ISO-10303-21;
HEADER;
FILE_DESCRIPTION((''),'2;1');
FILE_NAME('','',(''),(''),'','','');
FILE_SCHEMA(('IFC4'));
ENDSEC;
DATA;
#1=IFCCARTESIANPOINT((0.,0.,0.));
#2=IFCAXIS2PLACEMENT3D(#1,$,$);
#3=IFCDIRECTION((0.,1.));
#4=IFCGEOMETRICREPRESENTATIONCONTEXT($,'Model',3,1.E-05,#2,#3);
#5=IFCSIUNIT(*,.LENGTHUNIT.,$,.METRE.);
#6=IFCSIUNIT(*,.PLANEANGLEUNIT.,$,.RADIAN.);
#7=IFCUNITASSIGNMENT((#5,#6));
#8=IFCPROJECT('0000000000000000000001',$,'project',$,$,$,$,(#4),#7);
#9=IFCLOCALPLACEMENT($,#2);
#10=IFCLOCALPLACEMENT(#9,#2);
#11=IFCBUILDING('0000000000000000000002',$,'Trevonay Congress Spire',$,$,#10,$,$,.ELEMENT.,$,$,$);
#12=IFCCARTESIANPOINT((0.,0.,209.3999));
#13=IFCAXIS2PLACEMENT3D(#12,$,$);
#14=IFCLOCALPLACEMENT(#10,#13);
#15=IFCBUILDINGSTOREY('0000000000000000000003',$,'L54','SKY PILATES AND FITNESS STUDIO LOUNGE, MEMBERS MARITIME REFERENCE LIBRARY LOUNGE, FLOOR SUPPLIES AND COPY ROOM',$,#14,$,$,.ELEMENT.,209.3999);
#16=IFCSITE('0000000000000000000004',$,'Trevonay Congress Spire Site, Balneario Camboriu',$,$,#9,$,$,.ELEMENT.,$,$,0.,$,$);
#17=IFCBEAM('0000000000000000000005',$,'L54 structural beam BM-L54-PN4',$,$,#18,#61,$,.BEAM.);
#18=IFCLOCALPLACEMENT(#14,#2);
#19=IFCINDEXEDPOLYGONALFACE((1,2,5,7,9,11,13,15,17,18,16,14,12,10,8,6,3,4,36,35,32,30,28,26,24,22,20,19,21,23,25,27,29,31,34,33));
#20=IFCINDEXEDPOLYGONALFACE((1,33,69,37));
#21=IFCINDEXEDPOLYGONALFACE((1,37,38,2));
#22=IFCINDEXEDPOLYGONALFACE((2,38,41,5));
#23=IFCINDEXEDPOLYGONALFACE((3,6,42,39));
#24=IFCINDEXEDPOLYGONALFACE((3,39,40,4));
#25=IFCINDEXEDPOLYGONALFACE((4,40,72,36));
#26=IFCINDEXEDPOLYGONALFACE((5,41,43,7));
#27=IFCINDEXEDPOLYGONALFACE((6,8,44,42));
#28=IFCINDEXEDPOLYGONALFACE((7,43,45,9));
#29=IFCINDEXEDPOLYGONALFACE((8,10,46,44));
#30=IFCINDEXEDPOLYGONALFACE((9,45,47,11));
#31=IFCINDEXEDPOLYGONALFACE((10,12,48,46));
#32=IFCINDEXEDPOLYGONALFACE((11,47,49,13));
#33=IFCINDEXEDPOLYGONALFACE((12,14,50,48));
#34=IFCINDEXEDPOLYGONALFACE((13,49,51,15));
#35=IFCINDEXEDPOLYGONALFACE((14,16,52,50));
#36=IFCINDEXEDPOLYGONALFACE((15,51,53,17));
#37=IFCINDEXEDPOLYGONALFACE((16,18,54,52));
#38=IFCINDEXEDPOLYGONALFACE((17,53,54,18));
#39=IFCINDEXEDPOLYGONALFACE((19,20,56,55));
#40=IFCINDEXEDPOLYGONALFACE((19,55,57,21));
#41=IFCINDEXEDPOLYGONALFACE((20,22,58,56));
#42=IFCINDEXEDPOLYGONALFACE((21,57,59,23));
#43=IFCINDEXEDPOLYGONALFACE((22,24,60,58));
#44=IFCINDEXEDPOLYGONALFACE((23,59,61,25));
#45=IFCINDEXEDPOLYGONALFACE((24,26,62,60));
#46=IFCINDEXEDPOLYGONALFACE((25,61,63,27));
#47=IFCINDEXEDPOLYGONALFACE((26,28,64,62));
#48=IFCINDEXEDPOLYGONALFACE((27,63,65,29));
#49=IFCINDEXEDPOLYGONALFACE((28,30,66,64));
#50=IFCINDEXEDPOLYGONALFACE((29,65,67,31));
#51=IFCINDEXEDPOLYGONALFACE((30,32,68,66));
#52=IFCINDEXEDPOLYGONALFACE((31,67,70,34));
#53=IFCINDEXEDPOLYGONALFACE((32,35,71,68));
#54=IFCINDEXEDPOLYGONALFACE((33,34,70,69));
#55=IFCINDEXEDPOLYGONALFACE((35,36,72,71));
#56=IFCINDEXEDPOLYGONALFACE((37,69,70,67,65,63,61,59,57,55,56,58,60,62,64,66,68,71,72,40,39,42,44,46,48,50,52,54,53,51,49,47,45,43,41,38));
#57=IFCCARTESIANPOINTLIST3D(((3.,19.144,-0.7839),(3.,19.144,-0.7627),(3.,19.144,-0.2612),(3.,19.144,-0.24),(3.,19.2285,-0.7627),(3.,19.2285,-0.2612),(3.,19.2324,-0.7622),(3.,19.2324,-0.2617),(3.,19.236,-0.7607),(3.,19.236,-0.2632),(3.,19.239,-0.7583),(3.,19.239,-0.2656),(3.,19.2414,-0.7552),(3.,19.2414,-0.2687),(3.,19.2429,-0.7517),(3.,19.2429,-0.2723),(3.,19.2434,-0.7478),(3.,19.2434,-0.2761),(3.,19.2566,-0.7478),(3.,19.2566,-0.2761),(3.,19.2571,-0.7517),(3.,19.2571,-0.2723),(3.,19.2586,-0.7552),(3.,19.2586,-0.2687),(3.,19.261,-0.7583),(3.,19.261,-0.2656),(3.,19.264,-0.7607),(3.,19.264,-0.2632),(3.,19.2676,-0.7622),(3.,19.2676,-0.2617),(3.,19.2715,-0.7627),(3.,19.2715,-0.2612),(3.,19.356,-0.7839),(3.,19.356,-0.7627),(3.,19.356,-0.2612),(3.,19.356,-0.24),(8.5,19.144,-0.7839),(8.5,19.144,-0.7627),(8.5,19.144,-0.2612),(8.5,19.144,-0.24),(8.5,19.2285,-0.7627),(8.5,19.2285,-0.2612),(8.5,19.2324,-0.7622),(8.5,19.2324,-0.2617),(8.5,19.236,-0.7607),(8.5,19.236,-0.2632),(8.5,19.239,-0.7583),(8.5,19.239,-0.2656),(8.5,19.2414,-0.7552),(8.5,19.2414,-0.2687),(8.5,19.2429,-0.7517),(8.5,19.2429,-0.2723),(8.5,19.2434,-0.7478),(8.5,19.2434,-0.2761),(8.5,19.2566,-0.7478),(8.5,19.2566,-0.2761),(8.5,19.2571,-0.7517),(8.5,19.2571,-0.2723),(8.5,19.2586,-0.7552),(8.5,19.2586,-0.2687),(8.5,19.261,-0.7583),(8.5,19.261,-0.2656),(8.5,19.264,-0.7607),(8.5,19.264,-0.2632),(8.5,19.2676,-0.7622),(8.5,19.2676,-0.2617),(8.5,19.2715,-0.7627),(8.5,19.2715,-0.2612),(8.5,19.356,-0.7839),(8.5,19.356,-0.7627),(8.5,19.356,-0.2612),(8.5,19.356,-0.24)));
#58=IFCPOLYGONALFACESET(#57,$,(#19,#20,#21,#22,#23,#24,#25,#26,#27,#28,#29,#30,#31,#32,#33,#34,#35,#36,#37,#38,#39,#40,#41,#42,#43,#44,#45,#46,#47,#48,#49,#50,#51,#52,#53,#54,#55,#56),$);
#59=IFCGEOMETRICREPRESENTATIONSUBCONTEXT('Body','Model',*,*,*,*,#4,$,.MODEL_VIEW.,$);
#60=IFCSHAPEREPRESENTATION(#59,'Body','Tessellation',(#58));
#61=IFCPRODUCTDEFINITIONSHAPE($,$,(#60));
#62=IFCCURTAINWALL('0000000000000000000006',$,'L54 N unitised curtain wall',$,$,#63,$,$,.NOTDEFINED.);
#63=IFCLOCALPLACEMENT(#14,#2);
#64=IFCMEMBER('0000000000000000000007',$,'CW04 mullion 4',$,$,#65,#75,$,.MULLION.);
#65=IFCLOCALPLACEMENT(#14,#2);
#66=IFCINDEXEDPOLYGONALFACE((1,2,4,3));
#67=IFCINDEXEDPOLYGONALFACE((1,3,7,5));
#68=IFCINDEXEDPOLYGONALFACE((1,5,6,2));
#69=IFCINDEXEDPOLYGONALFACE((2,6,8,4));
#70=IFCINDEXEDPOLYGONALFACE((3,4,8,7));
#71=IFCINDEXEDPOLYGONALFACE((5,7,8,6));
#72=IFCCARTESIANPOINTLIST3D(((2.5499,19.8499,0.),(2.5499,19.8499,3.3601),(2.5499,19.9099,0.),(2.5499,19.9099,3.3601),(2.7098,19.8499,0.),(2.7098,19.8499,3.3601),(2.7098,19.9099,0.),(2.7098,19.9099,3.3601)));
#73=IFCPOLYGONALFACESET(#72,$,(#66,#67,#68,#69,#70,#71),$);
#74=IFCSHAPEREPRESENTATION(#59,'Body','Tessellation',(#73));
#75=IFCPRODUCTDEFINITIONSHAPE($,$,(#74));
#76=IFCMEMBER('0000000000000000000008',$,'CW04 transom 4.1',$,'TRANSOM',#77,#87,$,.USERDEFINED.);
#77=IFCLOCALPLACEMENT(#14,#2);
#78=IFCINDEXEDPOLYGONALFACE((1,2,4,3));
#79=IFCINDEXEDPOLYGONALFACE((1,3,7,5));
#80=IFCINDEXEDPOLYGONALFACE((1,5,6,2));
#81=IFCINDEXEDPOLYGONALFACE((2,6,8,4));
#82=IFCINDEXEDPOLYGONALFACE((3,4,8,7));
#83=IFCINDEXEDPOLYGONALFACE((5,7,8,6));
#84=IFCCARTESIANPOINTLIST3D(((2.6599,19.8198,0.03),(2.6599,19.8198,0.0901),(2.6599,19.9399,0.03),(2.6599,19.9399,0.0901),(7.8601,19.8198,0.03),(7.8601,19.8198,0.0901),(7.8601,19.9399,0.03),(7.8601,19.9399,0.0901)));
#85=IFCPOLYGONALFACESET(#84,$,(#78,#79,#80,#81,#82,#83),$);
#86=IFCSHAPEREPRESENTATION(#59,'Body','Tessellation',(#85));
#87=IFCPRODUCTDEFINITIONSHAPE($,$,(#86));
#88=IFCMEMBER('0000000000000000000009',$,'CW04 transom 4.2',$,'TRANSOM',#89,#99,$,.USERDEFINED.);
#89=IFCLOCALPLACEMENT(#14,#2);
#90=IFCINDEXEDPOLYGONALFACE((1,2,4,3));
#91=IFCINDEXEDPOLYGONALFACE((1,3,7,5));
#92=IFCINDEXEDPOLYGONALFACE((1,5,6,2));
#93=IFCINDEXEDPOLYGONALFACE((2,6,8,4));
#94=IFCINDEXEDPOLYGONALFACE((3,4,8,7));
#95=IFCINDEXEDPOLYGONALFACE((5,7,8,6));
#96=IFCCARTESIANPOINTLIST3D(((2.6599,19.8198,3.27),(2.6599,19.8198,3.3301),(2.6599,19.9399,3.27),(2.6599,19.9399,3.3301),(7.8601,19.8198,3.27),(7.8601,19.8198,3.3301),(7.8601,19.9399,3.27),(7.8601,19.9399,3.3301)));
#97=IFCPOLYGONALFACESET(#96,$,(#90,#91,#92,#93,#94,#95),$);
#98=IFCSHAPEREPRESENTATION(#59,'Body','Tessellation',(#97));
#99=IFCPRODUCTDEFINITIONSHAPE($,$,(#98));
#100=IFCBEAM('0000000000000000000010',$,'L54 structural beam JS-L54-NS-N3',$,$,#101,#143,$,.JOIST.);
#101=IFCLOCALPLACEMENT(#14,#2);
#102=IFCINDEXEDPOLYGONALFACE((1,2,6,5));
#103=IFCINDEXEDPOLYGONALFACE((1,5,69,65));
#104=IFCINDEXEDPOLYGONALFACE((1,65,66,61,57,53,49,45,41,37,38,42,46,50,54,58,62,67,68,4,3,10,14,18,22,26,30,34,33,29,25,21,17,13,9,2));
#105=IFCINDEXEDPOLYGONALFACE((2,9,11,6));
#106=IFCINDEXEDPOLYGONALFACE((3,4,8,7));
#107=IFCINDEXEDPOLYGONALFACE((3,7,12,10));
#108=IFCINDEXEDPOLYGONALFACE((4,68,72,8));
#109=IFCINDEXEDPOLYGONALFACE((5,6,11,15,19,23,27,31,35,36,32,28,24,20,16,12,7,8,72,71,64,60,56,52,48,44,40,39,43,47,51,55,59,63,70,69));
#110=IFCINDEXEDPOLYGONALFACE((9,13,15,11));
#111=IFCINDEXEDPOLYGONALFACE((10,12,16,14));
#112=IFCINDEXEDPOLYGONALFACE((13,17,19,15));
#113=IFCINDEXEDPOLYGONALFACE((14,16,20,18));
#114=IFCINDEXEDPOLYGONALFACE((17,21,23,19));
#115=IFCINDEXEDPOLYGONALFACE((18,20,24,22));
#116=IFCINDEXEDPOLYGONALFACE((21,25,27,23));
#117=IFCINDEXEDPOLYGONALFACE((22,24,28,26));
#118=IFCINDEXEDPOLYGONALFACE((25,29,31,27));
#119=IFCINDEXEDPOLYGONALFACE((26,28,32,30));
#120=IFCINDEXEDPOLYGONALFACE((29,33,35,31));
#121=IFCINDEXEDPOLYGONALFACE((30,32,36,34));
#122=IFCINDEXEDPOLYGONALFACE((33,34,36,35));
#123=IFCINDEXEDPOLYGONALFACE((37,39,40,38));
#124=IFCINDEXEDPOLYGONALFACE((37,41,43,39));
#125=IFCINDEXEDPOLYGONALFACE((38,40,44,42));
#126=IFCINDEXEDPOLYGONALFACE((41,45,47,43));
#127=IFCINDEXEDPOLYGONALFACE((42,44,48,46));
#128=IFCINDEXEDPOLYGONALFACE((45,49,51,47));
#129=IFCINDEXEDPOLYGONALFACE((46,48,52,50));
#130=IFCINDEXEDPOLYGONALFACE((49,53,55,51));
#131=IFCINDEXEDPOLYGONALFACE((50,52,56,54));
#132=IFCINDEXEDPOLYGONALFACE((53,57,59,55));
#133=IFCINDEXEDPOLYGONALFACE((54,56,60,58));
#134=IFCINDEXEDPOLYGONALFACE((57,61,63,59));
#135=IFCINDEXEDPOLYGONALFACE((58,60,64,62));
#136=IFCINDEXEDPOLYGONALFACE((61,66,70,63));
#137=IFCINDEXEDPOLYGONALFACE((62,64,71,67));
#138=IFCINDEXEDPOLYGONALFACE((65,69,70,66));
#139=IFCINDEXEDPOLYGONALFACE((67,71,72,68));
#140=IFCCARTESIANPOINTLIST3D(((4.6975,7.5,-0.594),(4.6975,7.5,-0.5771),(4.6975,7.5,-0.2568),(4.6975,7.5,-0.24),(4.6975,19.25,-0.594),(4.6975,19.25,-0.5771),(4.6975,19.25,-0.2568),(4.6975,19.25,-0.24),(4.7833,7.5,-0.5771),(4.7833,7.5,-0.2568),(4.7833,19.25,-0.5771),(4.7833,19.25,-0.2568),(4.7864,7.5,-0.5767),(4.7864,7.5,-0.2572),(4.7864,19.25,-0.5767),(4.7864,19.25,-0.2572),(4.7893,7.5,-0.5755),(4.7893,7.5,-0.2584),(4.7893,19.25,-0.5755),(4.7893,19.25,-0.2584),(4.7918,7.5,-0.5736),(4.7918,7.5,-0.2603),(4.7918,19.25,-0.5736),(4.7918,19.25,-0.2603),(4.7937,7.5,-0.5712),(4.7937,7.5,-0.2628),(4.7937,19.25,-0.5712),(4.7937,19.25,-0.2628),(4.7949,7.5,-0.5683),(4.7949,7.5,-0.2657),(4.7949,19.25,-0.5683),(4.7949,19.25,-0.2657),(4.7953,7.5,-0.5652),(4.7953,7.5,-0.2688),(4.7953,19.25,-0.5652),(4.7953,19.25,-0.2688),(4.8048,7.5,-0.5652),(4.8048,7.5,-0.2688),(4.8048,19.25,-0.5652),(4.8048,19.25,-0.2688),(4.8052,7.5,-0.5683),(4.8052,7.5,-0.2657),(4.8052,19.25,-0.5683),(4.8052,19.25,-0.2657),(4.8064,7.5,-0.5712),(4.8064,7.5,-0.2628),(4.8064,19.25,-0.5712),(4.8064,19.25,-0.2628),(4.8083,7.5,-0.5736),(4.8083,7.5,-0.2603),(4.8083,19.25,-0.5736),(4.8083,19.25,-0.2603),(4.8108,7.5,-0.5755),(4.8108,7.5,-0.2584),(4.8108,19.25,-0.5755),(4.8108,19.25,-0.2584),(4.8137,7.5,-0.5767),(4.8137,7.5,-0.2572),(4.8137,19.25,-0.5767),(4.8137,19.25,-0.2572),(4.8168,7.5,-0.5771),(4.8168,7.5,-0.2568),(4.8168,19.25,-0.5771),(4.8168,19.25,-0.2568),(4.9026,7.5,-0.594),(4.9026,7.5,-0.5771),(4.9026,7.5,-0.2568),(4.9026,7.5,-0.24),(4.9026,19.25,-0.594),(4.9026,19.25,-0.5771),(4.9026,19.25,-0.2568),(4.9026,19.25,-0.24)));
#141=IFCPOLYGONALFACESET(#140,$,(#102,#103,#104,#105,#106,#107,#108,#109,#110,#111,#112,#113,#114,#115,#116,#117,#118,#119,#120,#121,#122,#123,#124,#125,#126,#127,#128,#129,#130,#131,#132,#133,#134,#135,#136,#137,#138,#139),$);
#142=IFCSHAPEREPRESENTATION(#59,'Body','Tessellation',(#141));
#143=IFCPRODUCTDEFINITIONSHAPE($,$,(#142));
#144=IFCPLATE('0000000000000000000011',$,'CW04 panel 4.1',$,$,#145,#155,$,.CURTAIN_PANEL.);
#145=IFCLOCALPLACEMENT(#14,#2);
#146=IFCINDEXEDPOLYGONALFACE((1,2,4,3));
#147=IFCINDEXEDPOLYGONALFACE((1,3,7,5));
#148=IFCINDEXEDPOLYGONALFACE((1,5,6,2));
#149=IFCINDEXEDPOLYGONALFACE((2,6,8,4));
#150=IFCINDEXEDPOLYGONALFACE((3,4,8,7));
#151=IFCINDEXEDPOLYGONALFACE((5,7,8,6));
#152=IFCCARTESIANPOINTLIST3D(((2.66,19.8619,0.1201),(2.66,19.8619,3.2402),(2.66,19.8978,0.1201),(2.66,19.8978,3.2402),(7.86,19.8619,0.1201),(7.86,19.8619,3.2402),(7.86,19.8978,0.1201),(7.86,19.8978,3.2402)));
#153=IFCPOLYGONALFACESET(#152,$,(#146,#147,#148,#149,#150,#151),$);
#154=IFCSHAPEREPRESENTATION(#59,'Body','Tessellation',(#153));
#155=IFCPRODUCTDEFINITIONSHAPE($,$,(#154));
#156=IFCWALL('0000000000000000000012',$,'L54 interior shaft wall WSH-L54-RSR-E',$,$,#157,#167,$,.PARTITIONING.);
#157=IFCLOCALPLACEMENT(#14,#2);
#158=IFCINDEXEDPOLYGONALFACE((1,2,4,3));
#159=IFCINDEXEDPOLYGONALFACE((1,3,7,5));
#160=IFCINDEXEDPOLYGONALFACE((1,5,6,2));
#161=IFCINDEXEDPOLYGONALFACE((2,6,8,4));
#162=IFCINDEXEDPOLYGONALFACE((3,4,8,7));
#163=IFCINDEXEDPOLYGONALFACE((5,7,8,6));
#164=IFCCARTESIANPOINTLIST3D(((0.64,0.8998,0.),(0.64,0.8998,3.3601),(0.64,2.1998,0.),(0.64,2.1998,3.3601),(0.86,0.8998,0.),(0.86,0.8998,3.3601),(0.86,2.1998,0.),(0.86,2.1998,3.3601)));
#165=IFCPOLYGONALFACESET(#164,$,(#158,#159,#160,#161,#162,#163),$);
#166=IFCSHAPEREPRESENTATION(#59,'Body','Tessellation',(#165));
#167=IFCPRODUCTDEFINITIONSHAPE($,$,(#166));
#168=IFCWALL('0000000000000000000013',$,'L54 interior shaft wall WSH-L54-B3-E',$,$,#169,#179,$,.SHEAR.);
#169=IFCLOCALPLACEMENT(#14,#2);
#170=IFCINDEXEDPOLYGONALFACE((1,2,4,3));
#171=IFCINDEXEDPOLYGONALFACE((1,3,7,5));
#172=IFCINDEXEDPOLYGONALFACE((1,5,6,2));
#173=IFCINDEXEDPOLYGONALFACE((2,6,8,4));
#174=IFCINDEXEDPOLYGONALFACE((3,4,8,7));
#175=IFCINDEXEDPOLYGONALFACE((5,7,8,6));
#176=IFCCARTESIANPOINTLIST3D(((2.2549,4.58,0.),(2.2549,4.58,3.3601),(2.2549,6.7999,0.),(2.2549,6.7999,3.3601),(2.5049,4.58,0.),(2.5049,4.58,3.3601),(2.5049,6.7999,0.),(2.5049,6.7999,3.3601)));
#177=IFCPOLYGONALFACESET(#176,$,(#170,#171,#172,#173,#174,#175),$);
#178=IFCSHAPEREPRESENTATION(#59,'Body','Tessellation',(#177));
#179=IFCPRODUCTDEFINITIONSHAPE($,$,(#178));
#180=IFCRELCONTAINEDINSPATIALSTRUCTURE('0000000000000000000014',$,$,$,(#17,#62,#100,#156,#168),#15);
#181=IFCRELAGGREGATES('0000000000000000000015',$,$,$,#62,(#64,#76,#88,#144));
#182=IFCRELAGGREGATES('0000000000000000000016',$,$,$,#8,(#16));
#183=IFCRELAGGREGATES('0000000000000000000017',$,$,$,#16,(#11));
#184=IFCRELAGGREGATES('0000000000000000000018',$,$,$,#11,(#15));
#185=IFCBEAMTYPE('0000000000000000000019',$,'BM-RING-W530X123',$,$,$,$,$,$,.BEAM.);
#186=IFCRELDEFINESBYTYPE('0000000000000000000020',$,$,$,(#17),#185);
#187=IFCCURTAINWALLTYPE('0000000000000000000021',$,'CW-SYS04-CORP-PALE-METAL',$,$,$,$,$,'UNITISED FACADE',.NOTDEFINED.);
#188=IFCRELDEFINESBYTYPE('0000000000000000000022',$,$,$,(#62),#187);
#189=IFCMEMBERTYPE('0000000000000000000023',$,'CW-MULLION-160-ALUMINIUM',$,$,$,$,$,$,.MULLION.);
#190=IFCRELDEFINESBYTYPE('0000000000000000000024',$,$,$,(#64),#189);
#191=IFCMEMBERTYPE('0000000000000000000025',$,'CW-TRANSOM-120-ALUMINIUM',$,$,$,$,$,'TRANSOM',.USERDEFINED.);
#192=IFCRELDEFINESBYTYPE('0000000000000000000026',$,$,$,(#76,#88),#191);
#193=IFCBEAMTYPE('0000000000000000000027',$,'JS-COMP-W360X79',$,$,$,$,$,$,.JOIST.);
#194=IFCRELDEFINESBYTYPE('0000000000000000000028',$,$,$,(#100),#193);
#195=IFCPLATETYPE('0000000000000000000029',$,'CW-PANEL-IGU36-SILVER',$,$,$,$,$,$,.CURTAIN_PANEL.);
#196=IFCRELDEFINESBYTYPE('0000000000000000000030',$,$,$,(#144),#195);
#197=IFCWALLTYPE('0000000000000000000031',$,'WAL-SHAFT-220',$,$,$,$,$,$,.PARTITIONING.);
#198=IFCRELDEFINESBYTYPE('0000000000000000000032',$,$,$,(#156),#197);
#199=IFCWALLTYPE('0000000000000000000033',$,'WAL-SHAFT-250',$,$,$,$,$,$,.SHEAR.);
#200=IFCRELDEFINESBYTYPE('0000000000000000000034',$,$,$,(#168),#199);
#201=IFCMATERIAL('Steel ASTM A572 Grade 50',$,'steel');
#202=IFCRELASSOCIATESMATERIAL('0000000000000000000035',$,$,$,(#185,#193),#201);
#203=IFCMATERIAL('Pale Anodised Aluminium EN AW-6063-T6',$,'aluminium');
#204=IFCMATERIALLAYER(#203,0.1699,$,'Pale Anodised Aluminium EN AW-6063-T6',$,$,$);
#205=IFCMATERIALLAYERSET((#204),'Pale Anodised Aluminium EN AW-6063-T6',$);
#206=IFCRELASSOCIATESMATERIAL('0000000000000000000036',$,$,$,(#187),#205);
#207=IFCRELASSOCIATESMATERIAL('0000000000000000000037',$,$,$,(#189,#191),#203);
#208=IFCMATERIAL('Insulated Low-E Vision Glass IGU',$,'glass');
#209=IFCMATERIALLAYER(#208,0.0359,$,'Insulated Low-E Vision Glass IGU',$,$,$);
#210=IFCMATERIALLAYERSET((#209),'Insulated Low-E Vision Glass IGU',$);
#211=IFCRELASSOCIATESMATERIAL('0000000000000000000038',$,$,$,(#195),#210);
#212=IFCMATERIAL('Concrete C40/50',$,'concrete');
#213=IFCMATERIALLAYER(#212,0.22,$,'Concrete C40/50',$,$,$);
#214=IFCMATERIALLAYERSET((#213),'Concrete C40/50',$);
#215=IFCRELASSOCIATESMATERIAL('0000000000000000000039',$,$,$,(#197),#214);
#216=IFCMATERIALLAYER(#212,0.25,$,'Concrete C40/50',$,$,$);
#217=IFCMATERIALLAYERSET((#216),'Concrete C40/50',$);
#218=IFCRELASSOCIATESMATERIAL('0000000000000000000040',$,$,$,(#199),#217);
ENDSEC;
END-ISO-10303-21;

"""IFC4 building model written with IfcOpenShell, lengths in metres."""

from ifc_helpers import new_model, si_unit, direction, frame, frame_2d, origin, origin_2d, place, context, subcontext, project, spatial, rectangle, i_section, extrude, material, layer, layer_set, material_profile, profile_set, type_object, element, aggregate, save


model = new_model("IFC4")

# Units and contexts
model_context = context("Model", 3, precision=1e-05, world=origin(), true_north=direction((0.0, 1.0)))
body_context = subcontext(model_context, "Body", "Model", "MODEL_VIEW")
ifc_project = project(units=[si_unit("LENGTHUNIT", "METRE"), si_unit("PLANEANGLEUNIT", "RADIAN")], contexts=[model_context])

# Site, building, storey
site_placement = place(None, origin())
site = spatial("IfcSite", under=ifc_project, at=site_placement, Name="Trevonay Congress Spire Site, Balneario Camboriu", CompositionType="ELEMENT", RefElevation=0.0)
building_placement = place(site_placement, origin())
building = spatial("IfcBuilding", under=site, at=building_placement, Name="Trevonay Congress Spire", CompositionType="ELEMENT")
storey_placement = place(building_placement, frame((0.0, 0.0, 209.3999)))
storey = spatial("IfcBuildingStorey", under=building, at=storey_placement, Name="L54", Description="SKY PILATES AND FITNESS STUDIO LOUNGE, MEMBERS MARITIME REFERENCE LIBRARY LOUNGE, FLOOR SUPPLIES AND COPY ROOM", CompositionType="ELEMENT", Elevation=209.3999)

# Shared definitions
ifc_material_1 = material(Name="Steel ASTM A572 Grade 50", Category="steel")

# Beam
ifc_material_profile_1 = material_profile(ifc_material_1, i_section(OverallWidth=0.2119, OverallDepth=0.5439, WebThickness=0.0132, FlangeThickness=0.0212, FilletRadius=0.0149, at=origin_2d()), Name="W530x123")
ifc_profile_set_1 = profile_set([ifc_material_profile_1], Name="Steel ASTM A572 Grade 50")
beam_type_1 = type_object("IfcBeamType", Name="BM-RING-W530X123", PredefinedType="BEAM", material=ifc_profile_set_1)
beam_1_placement = place(storey_placement, frame((3.0, 19.25, -0.512), z_axis=(1.0, 0.0, 0.0), x_axis=(0.0, 1.0, 0.0)))
element("IfcBeam", 1, at=beam_1_placement, inside=storey, type_object=beam_type_1, Name="L54 structural beam BM-L54-PN4", PredefinedType="BEAM", context=body_context, shape_type="SweptSolid", body=[
    extrude(i_section(OverallWidth=0.2119, OverallDepth=0.5439, WebThickness=0.0132, FlangeThickness=0.0212, FilletRadius=0.0149, at=origin_2d()), origin(), (0.0, 0.0, 1.0), 5.5),
])

# Curtain wall, members
ifc_material_2 = material(Name="Pale Anodised Aluminium EN AW-6063-T6", Category="aluminium")
ifc_layer_1 = layer(ifc_material_2, 0.1699, Name="Pale Anodised Aluminium EN AW-6063-T6")
ifc_layer_set_1 = layer_set([ifc_layer_1], Name="Pale Anodised Aluminium EN AW-6063-T6")
curtain_wall_type = type_object("IfcCurtainWallType", Name="CW-SYS04-CORP-PALE-METAL", ElementType="UNITISED FACADE", PredefinedType="NOTDEFINED", material=ifc_layer_set_1)
curtain_wall_placement = place(storey_placement, origin())
curtain_wall = element("IfcCurtainWall", 2, at=curtain_wall_placement, inside=storey, type_object=curtain_wall_type, Name="L54 N unitised curtain wall", PredefinedType="NOTDEFINED")
ifc_material_profile_2 = material_profile(ifc_material_2, rectangle(XDim=0.0601, YDim=0.1599, at=origin_2d()), Name="CW-MULLION-160-ALUMINIUM")
ifc_profile_set_2 = profile_set([ifc_material_profile_2], Name="Pale Anodised Aluminium EN AW-6063-T6")
member_type_1 = type_object("IfcMemberType", Name="CW-MULLION-160-ALUMINIUM", PredefinedType="MULLION", material=ifc_profile_set_2)
member_1_placement = place(storey_placement, frame((2.6299, 19.8799, 0.0), z_axis=(0.0, 0.0, 1.0), x_axis=(0.0, 1.0, 0.0)))
member_1 = element("IfcMember", 3, at=member_1_placement, type_object=member_type_1, Name="CW04 mullion 4", PredefinedType="MULLION", context=body_context, shape_type="SweptSolid", body=[
    extrude(rectangle(XDim=0.0601, YDim=0.1599, at=origin_2d()), origin(), (0.0, 0.0, 1.0), 3.3601),
])
ifc_material_profile_3 = material_profile(ifc_material_2, rectangle(XDim=0.1201, YDim=0.0601, at=origin_2d()), Name="CW-TRANSOM-120-ALUMINIUM")
ifc_profile_set_3 = profile_set([ifc_material_profile_3], Name="Pale Anodised Aluminium EN AW-6063-T6")
member_type_2 = type_object("IfcMemberType", Name="CW-TRANSOM-120-ALUMINIUM", ElementType="TRANSOM", PredefinedType="USERDEFINED", material=ifc_profile_set_3)
member_2_placement = place(storey_placement, frame((2.6599, 19.8799, 0.0601), z_axis=(1.0, 0.0, 0.0), x_axis=(0.0, 1.0, 0.0)))
member_2 = element("IfcMember", 4, at=member_2_placement, type_object=member_type_2, Name="CW04 transom 4.1", ObjectType="TRANSOM", PredefinedType="USERDEFINED", context=body_context, shape_type="SweptSolid", body=[
    extrude(rectangle(XDim=0.1201, YDim=0.0601, at=origin_2d()), origin(), (0.0, 0.0, 1.0), 5.2002),
])
member_3_placement = place(storey_placement, frame((2.6599, 19.8799, 3.3), z_axis=(1.0, 0.0, 0.0), x_axis=(0.0, 1.0, 0.0)))
member_3 = element("IfcMember", 5, at=member_3_placement, type_object=member_type_2, Name="CW04 transom 4.2", ObjectType="TRANSOM", PredefinedType="USERDEFINED", context=body_context, shape_type="SweptSolid", body=[
    extrude(rectangle(XDim=0.1201, YDim=0.0601, at=origin_2d()), origin(), (0.0, 0.0, 1.0), 5.2002),
])

# Beam
ifc_material_profile_4 = material_profile(ifc_material_1, i_section(OverallWidth=0.2051, OverallDepth=0.354, WebThickness=0.0095, FlangeThickness=0.0168, FilletRadius=0.012, at=origin_2d()), Name="W360x79")
ifc_profile_set_4 = profile_set([ifc_material_profile_4], Name="Steel ASTM A572 Grade 50")
beam_type_2 = type_object("IfcBeamType", Name="JS-COMP-W360X79", PredefinedType="JOIST", material=ifc_profile_set_4)
beam_2_placement = place(storey_placement, frame((4.8, 7.5, -0.417), z_axis=(0.0, 1.0, 0.0), x_axis=(-1.0, 0.0, 0.0)))
element("IfcBeam", 6, at=beam_2_placement, inside=storey, type_object=beam_type_2, Name="L54 structural beam JS-L54-NS-N3", PredefinedType="JOIST", context=body_context, shape_type="SweptSolid", body=[
    extrude(i_section(OverallWidth=0.2051, OverallDepth=0.354, WebThickness=0.0095, FlangeThickness=0.0168, FilletRadius=0.012, at=origin_2d()), origin(), (0.0, 0.0, 1.0), 11.75),
])

# Plate
ifc_material_3 = material(Name="Insulated Low-E Vision Glass IGU", Category="glass")
ifc_layer_2 = layer(ifc_material_3, 0.0359, Name="Insulated Low-E Vision Glass IGU")
ifc_layer_set_2 = layer_set([ifc_layer_2], Name="Insulated Low-E Vision Glass IGU")
plate_type = type_object("IfcPlateType", Name="CW-PANEL-IGU36-SILVER", PredefinedType="CURTAIN_PANEL", material=ifc_layer_set_2)
plate_placement = place(storey_placement, frame((5.26, 19.8799, 0.1201), z_axis=(0.0, 0.0, 1.0), x_axis=(1.0, 0.0, 0.0)))
plate = element("IfcPlate", 7, at=plate_placement, type_object=plate_type, Name="CW04 panel 4.1", PredefinedType="CURTAIN_PANEL", context=body_context, shape_type="SweptSolid", body=[
    extrude(rectangle(XDim=5.2, YDim=0.0359, at=origin_2d()), origin(), (0.0, 0.0, 1.0), 3.1201),
])
aggregate(curtain_wall, [member_1, member_2, member_3, plate])

# Walls
ifc_material_4 = material(Name="Concrete C40/50", Category="concrete")
ifc_layer_3 = layer(ifc_material_4, 0.22, Name="Concrete C40/50")
ifc_layer_set_3 = layer_set([ifc_layer_3], Name="Concrete C40/50")
wall_type_1 = type_object("IfcWallType", Name="WAL-SHAFT-220", PredefinedType="PARTITIONING", material=ifc_layer_set_3)
wall_1_placement = place(storey_placement, frame((0.75, 0.8999, 0.0), z_axis=(0.0, 0.0, 1.0), x_axis=(0.0, 1.0, 0.0)))
element("IfcWall", 8, at=wall_1_placement, inside=storey, type_object=wall_type_1, Name="L54 interior shaft wall WSH-L54-RSR-E", PredefinedType="PARTITIONING", context=body_context, shape_type="SweptSolid", body=[
    extrude(rectangle(XDim=1.3, YDim=0.22, at=frame_2d((0.6499, 0.0))), origin(), (0.0, 0.0, 1.0), 3.3601),
])
ifc_layer_4 = layer(ifc_material_4, 0.25, Name="Concrete C40/50")
ifc_layer_set_4 = layer_set([ifc_layer_4], Name="Concrete C40/50")
wall_type_2 = type_object("IfcWallType", Name="WAL-SHAFT-250", PredefinedType="SHEAR", material=ifc_layer_set_4)
wall_2_placement = place(storey_placement, frame((2.3799, 4.5801, 0.0), z_axis=(0.0, 0.0, 1.0), x_axis=(0.0, 1.0, 0.0)))
element("IfcWall", 9, at=wall_2_placement, inside=storey, type_object=wall_type_2, Name="L54 interior shaft wall WSH-L54-B3-E", PredefinedType="SHEAR", context=body_context, shape_type="SweptSolid", body=[
    extrude(rectangle(XDim=2.22, YDim=0.25, at=frame_2d((1.1099, 0.0))), origin(), (0.0, 0.0, 1.0), 3.3601),
])

save(model, "model.ifc")
